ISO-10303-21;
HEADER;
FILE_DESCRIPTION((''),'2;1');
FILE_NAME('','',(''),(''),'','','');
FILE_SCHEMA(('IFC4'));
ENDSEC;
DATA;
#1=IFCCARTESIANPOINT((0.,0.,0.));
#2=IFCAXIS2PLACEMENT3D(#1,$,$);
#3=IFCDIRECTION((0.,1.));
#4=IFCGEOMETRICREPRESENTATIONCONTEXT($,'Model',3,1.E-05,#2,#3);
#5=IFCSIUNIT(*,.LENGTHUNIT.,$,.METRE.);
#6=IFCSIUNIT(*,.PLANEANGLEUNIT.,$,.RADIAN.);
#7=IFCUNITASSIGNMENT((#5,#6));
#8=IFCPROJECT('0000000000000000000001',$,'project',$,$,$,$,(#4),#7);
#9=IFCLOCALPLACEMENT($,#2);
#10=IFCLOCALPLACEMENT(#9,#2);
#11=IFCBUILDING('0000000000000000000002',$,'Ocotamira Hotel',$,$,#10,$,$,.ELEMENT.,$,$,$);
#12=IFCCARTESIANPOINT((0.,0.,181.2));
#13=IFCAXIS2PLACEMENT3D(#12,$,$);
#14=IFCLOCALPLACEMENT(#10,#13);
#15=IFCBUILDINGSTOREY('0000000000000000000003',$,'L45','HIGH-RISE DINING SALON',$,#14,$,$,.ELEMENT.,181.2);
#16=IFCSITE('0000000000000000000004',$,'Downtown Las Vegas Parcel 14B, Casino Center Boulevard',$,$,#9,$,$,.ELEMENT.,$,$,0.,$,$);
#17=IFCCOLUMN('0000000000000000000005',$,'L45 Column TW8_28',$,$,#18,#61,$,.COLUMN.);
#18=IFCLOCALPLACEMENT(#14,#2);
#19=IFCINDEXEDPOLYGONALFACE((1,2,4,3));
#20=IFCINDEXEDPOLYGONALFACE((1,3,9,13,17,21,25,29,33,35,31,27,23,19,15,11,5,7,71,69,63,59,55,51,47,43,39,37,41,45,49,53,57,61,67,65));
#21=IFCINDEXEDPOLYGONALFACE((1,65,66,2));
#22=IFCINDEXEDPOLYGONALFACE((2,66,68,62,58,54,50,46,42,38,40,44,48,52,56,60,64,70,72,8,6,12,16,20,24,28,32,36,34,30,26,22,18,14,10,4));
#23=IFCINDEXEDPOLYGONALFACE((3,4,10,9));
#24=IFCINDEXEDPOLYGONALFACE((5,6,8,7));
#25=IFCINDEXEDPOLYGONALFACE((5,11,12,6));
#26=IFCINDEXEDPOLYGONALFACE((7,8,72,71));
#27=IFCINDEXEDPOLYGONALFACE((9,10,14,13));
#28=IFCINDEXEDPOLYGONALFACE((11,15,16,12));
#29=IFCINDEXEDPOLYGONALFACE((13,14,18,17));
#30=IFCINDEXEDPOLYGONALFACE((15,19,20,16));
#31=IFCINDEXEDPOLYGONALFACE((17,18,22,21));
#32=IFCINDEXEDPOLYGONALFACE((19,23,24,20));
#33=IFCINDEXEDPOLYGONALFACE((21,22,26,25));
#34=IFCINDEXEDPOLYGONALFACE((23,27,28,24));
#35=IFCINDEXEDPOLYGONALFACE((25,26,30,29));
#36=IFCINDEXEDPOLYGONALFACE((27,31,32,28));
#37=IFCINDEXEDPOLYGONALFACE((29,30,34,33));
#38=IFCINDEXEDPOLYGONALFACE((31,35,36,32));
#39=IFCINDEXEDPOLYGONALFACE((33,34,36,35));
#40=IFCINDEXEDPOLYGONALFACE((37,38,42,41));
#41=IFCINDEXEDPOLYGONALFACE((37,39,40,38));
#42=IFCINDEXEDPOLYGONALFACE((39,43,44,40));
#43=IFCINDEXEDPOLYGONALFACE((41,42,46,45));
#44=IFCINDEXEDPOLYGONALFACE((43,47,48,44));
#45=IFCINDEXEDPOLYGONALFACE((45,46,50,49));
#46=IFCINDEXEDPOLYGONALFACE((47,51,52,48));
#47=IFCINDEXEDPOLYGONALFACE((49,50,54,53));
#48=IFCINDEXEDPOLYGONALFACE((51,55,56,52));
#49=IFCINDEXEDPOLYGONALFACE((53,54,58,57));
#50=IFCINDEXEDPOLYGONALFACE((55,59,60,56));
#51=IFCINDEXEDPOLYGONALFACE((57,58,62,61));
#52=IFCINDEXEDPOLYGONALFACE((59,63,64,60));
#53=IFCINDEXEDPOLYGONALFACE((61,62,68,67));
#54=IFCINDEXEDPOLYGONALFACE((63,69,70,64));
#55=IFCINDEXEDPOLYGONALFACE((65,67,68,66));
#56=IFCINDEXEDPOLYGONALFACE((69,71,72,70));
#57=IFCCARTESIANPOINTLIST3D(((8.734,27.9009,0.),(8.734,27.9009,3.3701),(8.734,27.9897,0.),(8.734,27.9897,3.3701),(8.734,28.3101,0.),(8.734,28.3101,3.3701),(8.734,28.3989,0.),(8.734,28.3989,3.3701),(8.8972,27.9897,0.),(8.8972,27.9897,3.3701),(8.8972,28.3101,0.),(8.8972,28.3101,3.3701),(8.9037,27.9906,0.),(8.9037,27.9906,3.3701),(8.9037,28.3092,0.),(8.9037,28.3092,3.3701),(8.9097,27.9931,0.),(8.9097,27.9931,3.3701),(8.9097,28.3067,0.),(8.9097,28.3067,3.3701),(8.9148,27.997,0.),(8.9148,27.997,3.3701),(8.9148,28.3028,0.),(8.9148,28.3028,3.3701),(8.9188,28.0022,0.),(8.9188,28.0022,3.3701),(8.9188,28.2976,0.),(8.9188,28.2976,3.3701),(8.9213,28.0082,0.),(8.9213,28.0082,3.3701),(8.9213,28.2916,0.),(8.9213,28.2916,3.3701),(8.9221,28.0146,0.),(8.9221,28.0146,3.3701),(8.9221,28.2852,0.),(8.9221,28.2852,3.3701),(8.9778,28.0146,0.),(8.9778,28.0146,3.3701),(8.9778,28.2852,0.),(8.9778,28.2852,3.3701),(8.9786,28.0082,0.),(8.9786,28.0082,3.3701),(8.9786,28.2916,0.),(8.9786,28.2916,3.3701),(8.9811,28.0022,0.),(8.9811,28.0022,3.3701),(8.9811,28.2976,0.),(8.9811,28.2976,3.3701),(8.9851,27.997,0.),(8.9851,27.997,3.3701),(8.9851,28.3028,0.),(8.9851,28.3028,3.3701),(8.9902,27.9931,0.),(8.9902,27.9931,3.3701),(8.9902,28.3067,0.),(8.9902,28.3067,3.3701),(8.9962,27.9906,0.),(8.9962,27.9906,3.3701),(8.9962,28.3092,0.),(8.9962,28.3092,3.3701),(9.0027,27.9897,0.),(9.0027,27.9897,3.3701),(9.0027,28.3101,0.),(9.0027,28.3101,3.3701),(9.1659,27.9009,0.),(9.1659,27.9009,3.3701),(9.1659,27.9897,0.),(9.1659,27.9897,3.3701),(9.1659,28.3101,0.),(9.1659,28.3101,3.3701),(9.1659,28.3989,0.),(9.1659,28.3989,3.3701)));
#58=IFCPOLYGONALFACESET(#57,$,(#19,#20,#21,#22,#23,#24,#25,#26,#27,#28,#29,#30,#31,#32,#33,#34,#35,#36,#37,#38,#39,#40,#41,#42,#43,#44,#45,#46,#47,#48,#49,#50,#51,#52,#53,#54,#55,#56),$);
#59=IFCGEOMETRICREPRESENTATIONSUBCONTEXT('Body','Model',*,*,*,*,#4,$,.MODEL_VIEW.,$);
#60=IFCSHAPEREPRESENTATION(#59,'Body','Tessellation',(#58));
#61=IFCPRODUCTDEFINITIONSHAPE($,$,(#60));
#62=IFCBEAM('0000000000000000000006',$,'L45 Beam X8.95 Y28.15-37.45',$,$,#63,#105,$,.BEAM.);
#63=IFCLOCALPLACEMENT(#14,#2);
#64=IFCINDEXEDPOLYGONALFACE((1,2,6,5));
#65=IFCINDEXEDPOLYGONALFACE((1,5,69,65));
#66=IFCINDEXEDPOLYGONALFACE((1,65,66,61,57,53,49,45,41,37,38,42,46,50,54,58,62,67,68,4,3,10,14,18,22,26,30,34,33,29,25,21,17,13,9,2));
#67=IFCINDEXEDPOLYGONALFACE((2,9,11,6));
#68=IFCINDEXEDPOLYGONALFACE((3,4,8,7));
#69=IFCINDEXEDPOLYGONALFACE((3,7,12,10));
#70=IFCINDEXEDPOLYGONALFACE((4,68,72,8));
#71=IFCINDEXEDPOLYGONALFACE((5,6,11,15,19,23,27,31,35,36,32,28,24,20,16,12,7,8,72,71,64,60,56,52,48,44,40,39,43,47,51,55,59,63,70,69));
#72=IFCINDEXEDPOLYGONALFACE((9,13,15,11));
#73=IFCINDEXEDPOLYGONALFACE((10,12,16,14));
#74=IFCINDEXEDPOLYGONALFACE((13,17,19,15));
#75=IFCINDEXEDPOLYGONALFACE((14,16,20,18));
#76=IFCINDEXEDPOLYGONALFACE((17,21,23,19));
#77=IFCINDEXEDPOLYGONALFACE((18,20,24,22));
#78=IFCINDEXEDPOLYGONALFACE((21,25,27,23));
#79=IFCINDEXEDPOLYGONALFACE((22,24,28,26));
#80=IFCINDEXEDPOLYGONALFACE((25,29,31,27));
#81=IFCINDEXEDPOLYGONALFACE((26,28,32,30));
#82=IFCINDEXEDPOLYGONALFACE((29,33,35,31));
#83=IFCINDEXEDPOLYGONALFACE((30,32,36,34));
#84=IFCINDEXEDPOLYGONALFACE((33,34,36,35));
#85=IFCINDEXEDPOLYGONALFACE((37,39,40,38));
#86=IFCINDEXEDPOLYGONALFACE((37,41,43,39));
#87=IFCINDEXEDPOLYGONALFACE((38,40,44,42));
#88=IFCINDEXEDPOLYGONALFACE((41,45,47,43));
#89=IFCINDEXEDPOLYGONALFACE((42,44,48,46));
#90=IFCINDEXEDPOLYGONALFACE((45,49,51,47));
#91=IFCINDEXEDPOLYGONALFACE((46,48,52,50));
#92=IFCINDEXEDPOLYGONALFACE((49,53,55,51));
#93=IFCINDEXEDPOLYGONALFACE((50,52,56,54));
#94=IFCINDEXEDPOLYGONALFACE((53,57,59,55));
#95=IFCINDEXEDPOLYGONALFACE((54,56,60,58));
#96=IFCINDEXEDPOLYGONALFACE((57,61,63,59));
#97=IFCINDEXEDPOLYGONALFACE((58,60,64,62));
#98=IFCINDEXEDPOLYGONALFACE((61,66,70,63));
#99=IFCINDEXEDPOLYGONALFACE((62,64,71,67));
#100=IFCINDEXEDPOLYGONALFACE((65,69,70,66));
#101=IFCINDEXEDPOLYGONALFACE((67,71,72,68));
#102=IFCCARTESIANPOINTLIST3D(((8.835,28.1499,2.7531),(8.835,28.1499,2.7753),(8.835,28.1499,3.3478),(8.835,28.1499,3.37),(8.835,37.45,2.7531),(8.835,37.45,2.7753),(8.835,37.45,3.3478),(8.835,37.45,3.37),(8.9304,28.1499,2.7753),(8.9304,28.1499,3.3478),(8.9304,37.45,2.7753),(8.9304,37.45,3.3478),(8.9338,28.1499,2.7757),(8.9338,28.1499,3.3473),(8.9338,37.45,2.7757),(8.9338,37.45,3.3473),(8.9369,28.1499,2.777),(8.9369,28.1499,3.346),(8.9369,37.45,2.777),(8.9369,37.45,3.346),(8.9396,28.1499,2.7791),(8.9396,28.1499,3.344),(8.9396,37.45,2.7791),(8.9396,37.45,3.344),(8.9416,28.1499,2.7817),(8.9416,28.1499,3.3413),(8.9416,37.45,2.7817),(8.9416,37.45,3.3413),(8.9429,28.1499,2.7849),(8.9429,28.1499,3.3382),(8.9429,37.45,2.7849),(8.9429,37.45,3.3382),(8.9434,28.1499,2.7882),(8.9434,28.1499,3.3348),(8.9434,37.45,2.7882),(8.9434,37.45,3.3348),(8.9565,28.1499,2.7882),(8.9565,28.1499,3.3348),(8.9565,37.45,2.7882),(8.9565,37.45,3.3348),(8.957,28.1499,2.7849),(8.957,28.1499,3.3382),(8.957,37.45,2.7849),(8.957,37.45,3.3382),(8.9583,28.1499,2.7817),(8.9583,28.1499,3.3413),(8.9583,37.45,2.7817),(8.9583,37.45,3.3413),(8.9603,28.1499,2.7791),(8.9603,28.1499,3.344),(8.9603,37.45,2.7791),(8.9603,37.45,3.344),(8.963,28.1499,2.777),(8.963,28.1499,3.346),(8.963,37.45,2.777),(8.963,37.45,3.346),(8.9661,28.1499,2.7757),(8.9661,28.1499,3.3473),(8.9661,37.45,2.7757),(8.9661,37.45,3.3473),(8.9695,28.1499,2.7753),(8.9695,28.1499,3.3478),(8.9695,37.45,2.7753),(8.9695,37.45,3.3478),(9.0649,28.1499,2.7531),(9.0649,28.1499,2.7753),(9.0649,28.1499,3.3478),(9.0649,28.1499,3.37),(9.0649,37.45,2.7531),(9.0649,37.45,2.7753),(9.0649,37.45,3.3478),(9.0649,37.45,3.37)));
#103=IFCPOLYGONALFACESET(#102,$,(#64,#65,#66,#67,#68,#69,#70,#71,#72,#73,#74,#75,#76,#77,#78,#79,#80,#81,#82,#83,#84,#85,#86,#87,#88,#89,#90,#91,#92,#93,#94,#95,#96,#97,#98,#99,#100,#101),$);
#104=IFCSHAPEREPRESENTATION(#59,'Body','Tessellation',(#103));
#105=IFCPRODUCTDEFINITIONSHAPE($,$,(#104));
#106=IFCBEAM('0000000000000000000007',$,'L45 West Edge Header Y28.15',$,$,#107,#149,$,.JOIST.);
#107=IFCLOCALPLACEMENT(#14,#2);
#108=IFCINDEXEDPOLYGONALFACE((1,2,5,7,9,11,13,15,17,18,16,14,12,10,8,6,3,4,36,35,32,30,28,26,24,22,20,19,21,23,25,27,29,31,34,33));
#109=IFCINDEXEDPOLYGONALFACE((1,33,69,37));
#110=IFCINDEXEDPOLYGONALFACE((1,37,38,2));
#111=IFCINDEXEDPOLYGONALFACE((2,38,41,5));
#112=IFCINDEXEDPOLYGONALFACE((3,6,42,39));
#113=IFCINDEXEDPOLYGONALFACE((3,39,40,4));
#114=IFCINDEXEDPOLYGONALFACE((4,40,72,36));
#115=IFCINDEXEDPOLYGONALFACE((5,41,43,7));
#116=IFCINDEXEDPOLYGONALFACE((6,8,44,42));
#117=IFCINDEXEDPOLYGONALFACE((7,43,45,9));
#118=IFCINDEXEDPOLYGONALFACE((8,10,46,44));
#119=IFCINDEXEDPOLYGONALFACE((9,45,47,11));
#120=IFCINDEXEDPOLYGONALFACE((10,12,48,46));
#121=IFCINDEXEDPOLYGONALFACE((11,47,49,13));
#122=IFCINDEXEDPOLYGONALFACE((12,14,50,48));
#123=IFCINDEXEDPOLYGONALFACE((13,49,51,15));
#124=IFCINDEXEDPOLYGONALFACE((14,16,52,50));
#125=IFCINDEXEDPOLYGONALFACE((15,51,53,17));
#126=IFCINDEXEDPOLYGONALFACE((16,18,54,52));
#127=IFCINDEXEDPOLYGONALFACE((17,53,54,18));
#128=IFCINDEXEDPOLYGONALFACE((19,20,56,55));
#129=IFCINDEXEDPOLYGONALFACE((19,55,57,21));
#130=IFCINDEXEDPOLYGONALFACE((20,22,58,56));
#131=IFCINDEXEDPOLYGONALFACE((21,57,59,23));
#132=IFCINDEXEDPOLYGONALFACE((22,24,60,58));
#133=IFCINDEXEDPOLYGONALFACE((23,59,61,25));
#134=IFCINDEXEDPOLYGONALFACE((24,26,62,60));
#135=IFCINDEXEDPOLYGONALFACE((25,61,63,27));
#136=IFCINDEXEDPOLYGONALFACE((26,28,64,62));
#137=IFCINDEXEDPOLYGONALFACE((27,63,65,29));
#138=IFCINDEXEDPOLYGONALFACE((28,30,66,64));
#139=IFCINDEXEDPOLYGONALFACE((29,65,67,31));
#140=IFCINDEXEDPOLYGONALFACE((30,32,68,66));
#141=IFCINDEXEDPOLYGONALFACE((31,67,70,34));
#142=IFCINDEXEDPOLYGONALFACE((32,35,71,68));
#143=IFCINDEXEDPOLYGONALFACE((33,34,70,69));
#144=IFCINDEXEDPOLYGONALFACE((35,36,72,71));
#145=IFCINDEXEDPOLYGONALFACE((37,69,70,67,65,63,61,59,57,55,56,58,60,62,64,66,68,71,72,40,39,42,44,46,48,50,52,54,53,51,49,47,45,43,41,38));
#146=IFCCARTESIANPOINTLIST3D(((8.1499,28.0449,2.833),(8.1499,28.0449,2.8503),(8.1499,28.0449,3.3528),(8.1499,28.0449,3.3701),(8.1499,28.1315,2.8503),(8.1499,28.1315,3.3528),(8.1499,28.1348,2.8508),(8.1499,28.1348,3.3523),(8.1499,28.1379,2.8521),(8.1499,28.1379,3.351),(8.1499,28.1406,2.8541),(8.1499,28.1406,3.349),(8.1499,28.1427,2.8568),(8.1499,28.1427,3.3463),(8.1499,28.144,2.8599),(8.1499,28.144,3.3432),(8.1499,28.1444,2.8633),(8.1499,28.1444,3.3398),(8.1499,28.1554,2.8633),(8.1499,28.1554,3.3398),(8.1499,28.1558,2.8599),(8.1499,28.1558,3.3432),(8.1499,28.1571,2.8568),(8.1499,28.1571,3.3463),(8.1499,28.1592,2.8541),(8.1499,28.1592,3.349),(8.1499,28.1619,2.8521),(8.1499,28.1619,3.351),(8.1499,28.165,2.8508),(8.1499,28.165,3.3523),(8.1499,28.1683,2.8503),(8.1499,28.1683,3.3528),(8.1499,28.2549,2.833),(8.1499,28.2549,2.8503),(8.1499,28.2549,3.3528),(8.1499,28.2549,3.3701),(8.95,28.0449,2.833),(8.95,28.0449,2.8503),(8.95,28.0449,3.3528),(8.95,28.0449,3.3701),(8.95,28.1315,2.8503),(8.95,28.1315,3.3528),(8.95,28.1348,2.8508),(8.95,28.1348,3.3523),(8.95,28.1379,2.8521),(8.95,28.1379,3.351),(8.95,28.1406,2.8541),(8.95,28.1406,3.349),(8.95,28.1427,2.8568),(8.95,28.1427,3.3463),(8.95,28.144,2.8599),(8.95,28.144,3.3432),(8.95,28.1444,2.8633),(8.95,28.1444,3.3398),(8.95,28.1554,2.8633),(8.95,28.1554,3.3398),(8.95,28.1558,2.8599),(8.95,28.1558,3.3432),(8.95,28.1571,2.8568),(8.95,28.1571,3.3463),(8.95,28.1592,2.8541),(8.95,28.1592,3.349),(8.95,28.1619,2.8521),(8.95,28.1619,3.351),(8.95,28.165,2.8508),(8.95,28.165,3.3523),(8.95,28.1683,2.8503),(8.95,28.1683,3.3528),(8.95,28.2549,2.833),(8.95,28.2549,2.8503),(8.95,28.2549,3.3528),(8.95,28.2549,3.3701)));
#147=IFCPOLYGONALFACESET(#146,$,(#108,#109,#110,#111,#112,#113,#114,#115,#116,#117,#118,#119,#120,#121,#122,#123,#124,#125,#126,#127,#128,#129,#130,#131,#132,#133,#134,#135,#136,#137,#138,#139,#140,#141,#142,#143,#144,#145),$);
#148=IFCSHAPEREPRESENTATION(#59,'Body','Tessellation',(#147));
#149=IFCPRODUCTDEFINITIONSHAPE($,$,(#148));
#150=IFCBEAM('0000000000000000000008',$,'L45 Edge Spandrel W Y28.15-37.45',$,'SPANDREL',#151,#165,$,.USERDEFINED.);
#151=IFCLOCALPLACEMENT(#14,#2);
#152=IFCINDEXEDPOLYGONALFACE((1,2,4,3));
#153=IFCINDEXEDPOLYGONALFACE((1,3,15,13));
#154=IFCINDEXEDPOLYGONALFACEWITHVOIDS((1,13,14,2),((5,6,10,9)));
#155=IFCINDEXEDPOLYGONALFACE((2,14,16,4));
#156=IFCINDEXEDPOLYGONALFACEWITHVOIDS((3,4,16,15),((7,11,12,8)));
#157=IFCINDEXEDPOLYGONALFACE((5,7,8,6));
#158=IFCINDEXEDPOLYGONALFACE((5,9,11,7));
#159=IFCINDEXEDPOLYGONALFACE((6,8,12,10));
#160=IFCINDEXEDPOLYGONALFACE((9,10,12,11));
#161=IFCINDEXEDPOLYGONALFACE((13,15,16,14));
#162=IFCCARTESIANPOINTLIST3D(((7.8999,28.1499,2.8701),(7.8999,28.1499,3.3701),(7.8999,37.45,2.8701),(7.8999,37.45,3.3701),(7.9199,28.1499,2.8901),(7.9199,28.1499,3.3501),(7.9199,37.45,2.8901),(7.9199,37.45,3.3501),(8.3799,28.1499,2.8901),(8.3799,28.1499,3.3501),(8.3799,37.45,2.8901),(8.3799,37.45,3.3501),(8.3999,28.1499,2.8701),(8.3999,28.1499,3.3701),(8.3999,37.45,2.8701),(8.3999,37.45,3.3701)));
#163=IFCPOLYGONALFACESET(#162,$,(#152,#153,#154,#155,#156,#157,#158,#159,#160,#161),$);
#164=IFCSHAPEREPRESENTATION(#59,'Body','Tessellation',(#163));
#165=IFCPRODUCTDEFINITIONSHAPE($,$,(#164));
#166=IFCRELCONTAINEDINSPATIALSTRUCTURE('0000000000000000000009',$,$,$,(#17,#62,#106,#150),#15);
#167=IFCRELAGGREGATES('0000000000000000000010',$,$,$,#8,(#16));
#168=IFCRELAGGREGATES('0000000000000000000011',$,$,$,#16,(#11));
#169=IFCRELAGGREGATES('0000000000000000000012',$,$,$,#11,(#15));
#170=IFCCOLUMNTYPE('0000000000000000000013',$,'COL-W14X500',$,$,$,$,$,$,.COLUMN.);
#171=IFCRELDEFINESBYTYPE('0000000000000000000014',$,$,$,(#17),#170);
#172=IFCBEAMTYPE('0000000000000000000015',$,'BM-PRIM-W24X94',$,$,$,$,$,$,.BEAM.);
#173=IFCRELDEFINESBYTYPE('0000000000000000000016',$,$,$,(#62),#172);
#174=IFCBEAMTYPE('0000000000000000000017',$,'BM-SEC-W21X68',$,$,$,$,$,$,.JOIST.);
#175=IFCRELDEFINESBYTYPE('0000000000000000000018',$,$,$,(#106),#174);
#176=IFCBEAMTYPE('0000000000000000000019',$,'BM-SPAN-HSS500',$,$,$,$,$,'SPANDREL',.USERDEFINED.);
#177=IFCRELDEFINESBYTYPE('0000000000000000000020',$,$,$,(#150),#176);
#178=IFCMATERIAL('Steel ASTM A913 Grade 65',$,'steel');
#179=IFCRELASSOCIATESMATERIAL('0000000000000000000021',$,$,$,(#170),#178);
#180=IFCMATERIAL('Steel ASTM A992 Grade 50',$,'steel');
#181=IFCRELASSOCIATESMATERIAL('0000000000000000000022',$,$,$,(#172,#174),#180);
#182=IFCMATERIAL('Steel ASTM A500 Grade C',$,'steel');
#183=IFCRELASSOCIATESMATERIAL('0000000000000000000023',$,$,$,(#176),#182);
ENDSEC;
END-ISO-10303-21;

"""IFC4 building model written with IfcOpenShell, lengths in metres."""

from ifc_helpers import new_model, si_unit, direction, frame, origin, origin_2d, place, context, subcontext, project, spatial, hollow_rectangle, i_section, extrude, source, transform, mapped, material, material_profile, profile_set, type_object, element, save


model = new_model("IFC4")

# Units and contexts
model_context = context("Model", 3, precision=1e-05, world=origin(), true_north=direction((0.0, 1.0)))
body_context = subcontext(model_context, "Body", "Model", "MODEL_VIEW")
ifc_project = project(units=[si_unit("LENGTHUNIT", "METRE"), si_unit("PLANEANGLEUNIT", "RADIAN")], contexts=[model_context])

# Site, building, storey
site_placement = place(None, origin())
site = spatial("IfcSite", under=ifc_project, at=site_placement, Name="Downtown Las Vegas Parcel 14B, Casino Center Boulevard", CompositionType="ELEMENT", RefElevation=0.0)
building_placement = place(site_placement, origin())
building = spatial("IfcBuilding", under=site, at=building_placement, Name="Ocotamira Hotel", CompositionType="ELEMENT")
storey_placement = place(building_placement, frame((0.0, 0.0, 181.2)))
storey = spatial("IfcBuildingStorey", under=building, at=storey_placement, Name="L45", Description="HIGH-RISE DINING SALON", CompositionType="ELEMENT", Elevation=181.2)

# Column
ifc_material_1 = material(Name="Steel ASTM A913 Grade 65", Category="steel")
ifc_material_profile_1 = material_profile(ifc_material_1, i_section(OverallWidth=0.4319, OverallDepth=0.498, WebThickness=0.0557, FlangeThickness=0.0889, FilletRadius=0.0249, at=origin_2d()), Name="W14X500")
ifc_profile_set_1 = profile_set([ifc_material_profile_1], Name="Steel ASTM A913 Grade 65")
column_type = type_object("IfcColumnType", Name="COL-W14X500", PredefinedType="COLUMN", material=ifc_profile_set_1)
shared_shape_1 = source(origin(), body_context, "Body", "SweptSolid", [
    extrude(i_section(OverallWidth=0.4319, OverallDepth=0.498, WebThickness=0.0557, FlangeThickness=0.0889, FilletRadius=0.0249, at=origin_2d()), origin(), (0.0, 0.0, 1.0), 3.3701),
])
column_placement = place(storey_placement, frame((8.95, 28.1499, 0.0), z_axis=(0.0, 0.0, 1.0), x_axis=(1.0, 0.0, 0.0)))
element("IfcColumn", 1, at=column_placement, inside=storey, type_object=column_type, Name="L45 Column TW8_28", PredefinedType="COLUMN", context=body_context, shape_type="MappedRepresentation", body=[
    mapped(shared_shape_1, transform((0.0, 0.0, 0.0), scale=1.0)),
])

# Beams
ifc_material_2 = material(Name="Steel ASTM A992 Grade 50", Category="steel")
ifc_material_profile_2 = material_profile(ifc_material_2, i_section(OverallWidth=0.23, OverallDepth=0.6169, WebThickness=0.0132, FlangeThickness=0.0222, FilletRadius=0.0129, at=origin_2d()), Name="W24X94")
ifc_profile_set_2 = profile_set([ifc_material_profile_2], Name="Steel ASTM A992 Grade 50")
beam_type_1 = type_object("IfcBeamType", Name="BM-PRIM-W24X94", PredefinedType="BEAM", material=ifc_profile_set_2)
shared_shape_2 = source(origin(), body_context, "Body", "SweptSolid", [
    extrude(i_section(OverallWidth=0.23, OverallDepth=0.6169, WebThickness=0.0132, FlangeThickness=0.0222, FilletRadius=0.0129, at=origin_2d()), origin(), (0.0, 0.0, 1.0), 9.3),
])
beam_1_placement = place(storey_placement, frame((8.95, 28.1499, 3.0615), z_axis=(0.0, 1.0, 0.0), x_axis=(-1.0, 0.0, 0.0)))
element("IfcBeam", 2, at=beam_1_placement, inside=storey, type_object=beam_type_1, Name="L45 Beam X8.95 Y28.15-37.45", PredefinedType="BEAM", context=body_context, shape_type="MappedRepresentation", body=[
    mapped(shared_shape_2, transform((0.0, 0.0, 0.0), scale=1.0)),
])
ifc_material_profile_3 = material_profile(ifc_material_2, i_section(OverallWidth=0.21, OverallDepth=0.5371, WebThickness=0.011, FlangeThickness=0.0173, FilletRadius=0.0129, at=origin_2d()), Name="W21X68")
ifc_profile_set_3 = profile_set([ifc_material_profile_3], Name="Steel ASTM A992 Grade 50")
beam_type_2 = type_object("IfcBeamType", Name="BM-SEC-W21X68", PredefinedType="JOIST", material=ifc_profile_set_3)
shared_shape_3 = source(origin(), body_context, "Body", "SweptSolid", [
    extrude(i_section(OverallWidth=0.21, OverallDepth=0.5371, WebThickness=0.011, FlangeThickness=0.0173, FilletRadius=0.0129, at=origin_2d()), origin(), (0.0, 0.0, 1.0), 0.8),
])
beam_2_placement = place(storey_placement, frame((8.95, 28.1499, 3.1016), z_axis=(-1.0, 0.0, 0.0), x_axis=(0.0, -1.0, 0.0)))
element("IfcBeam", 3, at=beam_2_placement, inside=storey, type_object=beam_type_2, Name="L45 West Edge Header Y28.15", PredefinedType="JOIST", context=body_context, shape_type="MappedRepresentation", body=[
    mapped(shared_shape_3, transform((0.0, 0.0, 0.0), scale=1.0)),
])
ifc_material_3 = material(Name="Steel ASTM A500 Grade C", Category="steel")
ifc_material_profile_4 = material_profile(ifc_material_3, hollow_rectangle(XDim=0.5, YDim=0.5, WallThickness=0.02, at=origin_2d()), Name="HSS500X500X20")
ifc_profile_set_4 = profile_set([ifc_material_profile_4], Name="Steel ASTM A500 Grade C")
beam_type_3 = type_object("IfcBeamType", Name="BM-SPAN-HSS500", ElementType="SPANDREL", PredefinedType="USERDEFINED", material=ifc_profile_set_4)
shared_shape_4 = source(origin(), body_context, "Body", "SweptSolid", [
    extrude(hollow_rectangle(XDim=0.5, YDim=0.5, WallThickness=0.02, at=origin_2d()), origin(), (0.0, 0.0, 1.0), 9.3),
])
beam_3_placement = place(storey_placement, frame((8.1499, 28.1499, 3.1201), z_axis=(0.0, 1.0, 0.0), x_axis=(-1.0, 0.0, 0.0)))
element("IfcBeam", 4, at=beam_3_placement, inside=storey, type_object=beam_type_3, Name="L45 Edge Spandrel W Y28.15-37.45", ObjectType="SPANDREL", PredefinedType="USERDEFINED", context=body_context, shape_type="MappedRepresentation", body=[
    mapped(shared_shape_4, transform((0.0, 0.0, 0.0), scale=1.0)),
])

save(model, "model.ifc")
